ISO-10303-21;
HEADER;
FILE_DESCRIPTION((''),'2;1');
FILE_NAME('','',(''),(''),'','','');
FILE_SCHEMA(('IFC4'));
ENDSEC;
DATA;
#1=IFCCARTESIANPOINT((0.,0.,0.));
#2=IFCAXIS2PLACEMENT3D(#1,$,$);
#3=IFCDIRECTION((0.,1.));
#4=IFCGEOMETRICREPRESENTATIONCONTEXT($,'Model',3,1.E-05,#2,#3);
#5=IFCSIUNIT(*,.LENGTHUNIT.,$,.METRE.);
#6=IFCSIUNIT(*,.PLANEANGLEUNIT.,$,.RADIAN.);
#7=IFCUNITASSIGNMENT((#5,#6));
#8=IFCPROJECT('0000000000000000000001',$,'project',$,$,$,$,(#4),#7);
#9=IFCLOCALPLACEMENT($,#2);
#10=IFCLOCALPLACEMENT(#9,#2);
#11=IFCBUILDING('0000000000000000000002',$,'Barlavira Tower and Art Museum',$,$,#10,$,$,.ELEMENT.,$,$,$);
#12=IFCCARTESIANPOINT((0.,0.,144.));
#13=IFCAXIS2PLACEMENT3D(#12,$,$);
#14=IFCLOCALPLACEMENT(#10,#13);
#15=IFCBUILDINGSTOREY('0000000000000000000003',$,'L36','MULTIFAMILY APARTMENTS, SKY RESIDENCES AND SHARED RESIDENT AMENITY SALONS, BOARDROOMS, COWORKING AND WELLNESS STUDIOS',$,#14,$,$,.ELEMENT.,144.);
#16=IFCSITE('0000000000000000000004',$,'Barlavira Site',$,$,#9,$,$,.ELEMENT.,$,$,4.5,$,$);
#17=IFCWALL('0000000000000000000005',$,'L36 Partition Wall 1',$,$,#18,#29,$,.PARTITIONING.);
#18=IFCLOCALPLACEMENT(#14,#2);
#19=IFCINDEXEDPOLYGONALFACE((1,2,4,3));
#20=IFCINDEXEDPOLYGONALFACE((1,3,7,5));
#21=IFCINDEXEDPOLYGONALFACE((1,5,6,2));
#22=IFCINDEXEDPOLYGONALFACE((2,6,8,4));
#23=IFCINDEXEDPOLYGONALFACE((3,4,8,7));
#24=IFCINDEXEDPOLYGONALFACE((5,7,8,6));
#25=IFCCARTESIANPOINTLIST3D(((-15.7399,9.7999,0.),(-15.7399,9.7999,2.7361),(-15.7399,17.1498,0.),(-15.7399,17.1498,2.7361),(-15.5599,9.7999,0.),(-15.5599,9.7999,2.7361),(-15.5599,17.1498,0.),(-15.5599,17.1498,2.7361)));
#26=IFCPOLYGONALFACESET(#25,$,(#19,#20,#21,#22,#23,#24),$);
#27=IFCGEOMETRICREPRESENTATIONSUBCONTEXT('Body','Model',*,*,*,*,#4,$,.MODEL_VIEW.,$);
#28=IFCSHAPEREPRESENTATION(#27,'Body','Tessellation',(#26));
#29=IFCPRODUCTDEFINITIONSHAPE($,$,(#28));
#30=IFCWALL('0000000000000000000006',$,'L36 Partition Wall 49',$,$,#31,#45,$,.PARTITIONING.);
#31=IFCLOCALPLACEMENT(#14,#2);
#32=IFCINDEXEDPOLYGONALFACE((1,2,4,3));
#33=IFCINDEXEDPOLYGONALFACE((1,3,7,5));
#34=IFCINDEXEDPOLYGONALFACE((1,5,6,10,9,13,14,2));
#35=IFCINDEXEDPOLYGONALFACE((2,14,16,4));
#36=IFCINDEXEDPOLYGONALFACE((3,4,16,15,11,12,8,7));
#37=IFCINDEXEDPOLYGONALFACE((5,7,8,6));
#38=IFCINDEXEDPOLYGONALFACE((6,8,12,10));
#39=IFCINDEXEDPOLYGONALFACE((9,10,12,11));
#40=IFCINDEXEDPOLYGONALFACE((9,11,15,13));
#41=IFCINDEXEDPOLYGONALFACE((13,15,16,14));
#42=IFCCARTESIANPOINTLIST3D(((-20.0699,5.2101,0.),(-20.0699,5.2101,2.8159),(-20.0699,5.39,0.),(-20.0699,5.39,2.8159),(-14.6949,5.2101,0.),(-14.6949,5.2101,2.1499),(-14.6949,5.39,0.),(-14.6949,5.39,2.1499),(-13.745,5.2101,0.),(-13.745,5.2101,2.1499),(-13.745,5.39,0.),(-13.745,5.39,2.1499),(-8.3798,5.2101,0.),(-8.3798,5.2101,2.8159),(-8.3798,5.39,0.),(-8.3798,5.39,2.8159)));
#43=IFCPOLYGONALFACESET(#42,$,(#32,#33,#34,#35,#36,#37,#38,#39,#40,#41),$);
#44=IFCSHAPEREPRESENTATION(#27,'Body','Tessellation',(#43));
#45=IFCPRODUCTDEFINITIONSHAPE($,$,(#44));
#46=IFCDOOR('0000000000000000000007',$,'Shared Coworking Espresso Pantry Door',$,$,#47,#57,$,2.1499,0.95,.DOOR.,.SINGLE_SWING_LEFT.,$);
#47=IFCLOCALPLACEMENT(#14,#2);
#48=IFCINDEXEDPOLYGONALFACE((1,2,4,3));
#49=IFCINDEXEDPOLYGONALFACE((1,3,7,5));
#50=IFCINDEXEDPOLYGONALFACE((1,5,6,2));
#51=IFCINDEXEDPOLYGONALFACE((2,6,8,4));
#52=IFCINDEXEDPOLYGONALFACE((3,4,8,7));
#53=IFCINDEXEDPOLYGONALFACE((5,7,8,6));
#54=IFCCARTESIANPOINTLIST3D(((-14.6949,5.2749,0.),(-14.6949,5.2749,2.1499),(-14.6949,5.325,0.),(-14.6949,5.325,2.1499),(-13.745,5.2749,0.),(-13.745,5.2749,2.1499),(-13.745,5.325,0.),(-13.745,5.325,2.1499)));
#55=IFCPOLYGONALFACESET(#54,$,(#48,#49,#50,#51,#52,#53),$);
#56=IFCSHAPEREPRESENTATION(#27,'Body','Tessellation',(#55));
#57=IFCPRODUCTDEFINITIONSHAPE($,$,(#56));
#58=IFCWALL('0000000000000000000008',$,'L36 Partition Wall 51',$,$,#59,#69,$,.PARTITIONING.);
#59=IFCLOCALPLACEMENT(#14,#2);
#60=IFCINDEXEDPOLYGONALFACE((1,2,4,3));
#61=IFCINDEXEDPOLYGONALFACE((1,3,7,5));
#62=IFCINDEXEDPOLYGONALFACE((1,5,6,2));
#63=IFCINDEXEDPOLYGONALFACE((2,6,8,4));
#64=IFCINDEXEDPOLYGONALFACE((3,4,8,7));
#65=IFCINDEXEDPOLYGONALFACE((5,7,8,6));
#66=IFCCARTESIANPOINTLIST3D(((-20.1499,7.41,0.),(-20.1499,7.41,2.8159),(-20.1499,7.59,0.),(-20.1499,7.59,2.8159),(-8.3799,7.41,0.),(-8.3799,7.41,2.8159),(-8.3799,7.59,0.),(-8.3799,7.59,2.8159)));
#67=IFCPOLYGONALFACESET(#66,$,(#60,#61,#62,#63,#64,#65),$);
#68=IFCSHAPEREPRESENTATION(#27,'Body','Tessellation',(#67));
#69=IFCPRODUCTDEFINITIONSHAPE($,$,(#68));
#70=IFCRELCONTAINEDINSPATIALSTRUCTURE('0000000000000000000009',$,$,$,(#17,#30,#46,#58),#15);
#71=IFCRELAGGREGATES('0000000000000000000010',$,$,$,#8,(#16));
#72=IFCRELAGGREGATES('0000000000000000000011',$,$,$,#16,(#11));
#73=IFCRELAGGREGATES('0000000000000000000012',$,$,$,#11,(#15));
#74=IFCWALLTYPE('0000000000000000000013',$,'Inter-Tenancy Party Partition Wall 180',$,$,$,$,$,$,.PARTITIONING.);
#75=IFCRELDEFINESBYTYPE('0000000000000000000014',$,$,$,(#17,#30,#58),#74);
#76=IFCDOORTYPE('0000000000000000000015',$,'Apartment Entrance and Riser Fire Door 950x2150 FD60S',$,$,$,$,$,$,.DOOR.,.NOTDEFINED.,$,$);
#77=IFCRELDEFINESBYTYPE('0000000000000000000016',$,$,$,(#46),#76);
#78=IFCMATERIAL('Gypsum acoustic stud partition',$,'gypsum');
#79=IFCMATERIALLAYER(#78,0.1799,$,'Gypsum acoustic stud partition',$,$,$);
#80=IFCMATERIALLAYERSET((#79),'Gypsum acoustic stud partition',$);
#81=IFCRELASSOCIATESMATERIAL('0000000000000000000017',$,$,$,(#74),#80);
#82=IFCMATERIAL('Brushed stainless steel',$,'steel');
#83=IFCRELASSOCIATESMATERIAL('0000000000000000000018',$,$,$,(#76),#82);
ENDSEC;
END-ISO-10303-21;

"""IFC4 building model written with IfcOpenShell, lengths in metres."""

from ifc_helpers import new_model, si_unit, direction, frame, frame_2d, origin, place, context, subcontext, project, spatial, rectangle, extrude, material, layer, layer_set, type_object, element, fill, save


model = new_model("IFC4")

# Units and contexts
model_context = context("Model", 3, precision=1e-05, world=origin(), true_north=direction((0.0, 1.0)))
body_context = subcontext(model_context, "Body", "Model", "MODEL_VIEW")
ifc_project = project(units=[si_unit("LENGTHUNIT", "METRE"), si_unit("PLANEANGLEUNIT", "RADIAN")], contexts=[model_context])

# Site, building, storey
site_placement = place(None, origin())
site = spatial("IfcSite", under=ifc_project, at=site_placement, Name="Barlavira Site", CompositionType="ELEMENT", RefElevation=4.5)
building_placement = place(site_placement, origin())
building = spatial("IfcBuilding", under=site, at=building_placement, Name="Barlavira Tower and Art Museum", CompositionType="ELEMENT")
storey_placement = place(building_placement, frame((0.0, 0.0, 144.0)))
storey = spatial("IfcBuildingStorey", under=building, at=storey_placement, Name="L36", Description="MULTIFAMILY APARTMENTS, SKY RESIDENCES AND SHARED RESIDENT AMENITY SALONS, BOARDROOMS, COWORKING AND WELLNESS STUDIOS", CompositionType="ELEMENT", Elevation=144.0)

# Wall
ifc_material_1 = material(Name="Gypsum acoustic stud partition", Category="gypsum")
ifc_layer_1 = layer(ifc_material_1, 0.1799, Name="Gypsum acoustic stud partition")
ifc_layer_set_1 = layer_set([ifc_layer_1], Name="Gypsum acoustic stud partition")
wall_type = type_object("IfcWallType", Name="Inter-Tenancy Party Partition Wall 180", PredefinedType="PARTITIONING", material=ifc_layer_set_1)
wall_1_placement = place(storey_placement, frame((-15.6499, 9.8, 0.0), z_axis=(0.0, 0.0, 1.0), x_axis=(0.0, 1.0, 0.0)))
element("IfcWall", 1, at=wall_1_placement, inside=storey, type_object=wall_type, Name="L36 Partition Wall 1", PredefinedType="PARTITIONING", context=body_context, shape_type="SweptSolid", body=[
    extrude(rectangle(XDim=7.3499, YDim=0.1799, at=frame_2d((3.6748, 0.0))), origin(), (0.0, 0.0, 1.0), 2.7361),
])

# Wall, opening, door
wall_2_placement = place(storey_placement, frame((-20.0701, 5.3, 0.0), z_axis=(0.0, 0.0, 1.0), x_axis=(1.0, 0.0, 0.0)))
wall_2 = element("IfcWall", 2, at=wall_2_placement, inside=storey, type_object=wall_type, Name="L36 Partition Wall 49", PredefinedType="PARTITIONING", context=body_context, shape_type="SweptSolid", body=[
    extrude(rectangle(XDim=11.6902, YDim=0.1799, at=frame_2d((5.8452, 0.0))), origin(), (0.0, 0.0, 1.0), 2.8159),
])
opening_placement = place(wall_2_placement, frame((5.375, 0.0, 0.0)))
opening = element("IfcOpeningElement", 3, at=opening_placement, cuts=wall_2, PredefinedType="OPENING", context=body_context, shape_type="SweptSolid", body=[
    extrude(rectangle(XDim=0.95, YDim=2.1499, at=frame_2d((0.4751, 1.075))), frame((0.0, 0.1001, 0.0), z_axis=(0.0, -1.0, 0.0), x_axis=(1.0, 0.0, 0.0)), (0.0, 0.0, 1.0), 0.2),
])
ifc_material_2 = material(Name="Brushed stainless steel", Category="steel")
door_type = type_object("IfcDoorType", Name="Apartment Entrance and Riser Fire Door 950x2150 FD60S", OperationType="NOTDEFINED", PredefinedType="DOOR", material=ifc_material_2)
door_placement = place(opening_placement, origin())
door = element("IfcDoor", 4, at=door_placement, inside=storey, type_object=door_type, Name="Shared Coworking Espresso Pantry Door", OperationType="SINGLE_SWING_LEFT", OverallHeight=2.1499, OverallWidth=0.95, PredefinedType="DOOR", context=body_context, shape_type="SweptSolid", body=[
    extrude(rectangle(XDim=0.95, YDim=2.1499, at=frame_2d((0.4751, 1.075))), frame((0.0, 0.0249, 0.0), z_axis=(0.0, -1.0, 0.0), x_axis=(1.0, 0.0, 0.0)), (0.0, 0.0, 1.0), 0.05),
])
fill(opening, door)

# Wall
wall_3_placement = place(storey_placement, frame((-20.1499, 7.5, 0.0), z_axis=(0.0, 0.0, 1.0), x_axis=(1.0, 0.0, 0.0)))
element("IfcWall", 5, at=wall_3_placement, inside=storey, type_object=wall_type, Name="L36 Partition Wall 51", PredefinedType="PARTITIONING", context=body_context, shape_type="SweptSolid", body=[
    extrude(rectangle(XDim=11.77, YDim=0.1799, at=frame_2d((5.885, 0.0))), origin(), (0.0, 0.0, 1.0), 2.8159),
])

save(model, "model.ifc")
